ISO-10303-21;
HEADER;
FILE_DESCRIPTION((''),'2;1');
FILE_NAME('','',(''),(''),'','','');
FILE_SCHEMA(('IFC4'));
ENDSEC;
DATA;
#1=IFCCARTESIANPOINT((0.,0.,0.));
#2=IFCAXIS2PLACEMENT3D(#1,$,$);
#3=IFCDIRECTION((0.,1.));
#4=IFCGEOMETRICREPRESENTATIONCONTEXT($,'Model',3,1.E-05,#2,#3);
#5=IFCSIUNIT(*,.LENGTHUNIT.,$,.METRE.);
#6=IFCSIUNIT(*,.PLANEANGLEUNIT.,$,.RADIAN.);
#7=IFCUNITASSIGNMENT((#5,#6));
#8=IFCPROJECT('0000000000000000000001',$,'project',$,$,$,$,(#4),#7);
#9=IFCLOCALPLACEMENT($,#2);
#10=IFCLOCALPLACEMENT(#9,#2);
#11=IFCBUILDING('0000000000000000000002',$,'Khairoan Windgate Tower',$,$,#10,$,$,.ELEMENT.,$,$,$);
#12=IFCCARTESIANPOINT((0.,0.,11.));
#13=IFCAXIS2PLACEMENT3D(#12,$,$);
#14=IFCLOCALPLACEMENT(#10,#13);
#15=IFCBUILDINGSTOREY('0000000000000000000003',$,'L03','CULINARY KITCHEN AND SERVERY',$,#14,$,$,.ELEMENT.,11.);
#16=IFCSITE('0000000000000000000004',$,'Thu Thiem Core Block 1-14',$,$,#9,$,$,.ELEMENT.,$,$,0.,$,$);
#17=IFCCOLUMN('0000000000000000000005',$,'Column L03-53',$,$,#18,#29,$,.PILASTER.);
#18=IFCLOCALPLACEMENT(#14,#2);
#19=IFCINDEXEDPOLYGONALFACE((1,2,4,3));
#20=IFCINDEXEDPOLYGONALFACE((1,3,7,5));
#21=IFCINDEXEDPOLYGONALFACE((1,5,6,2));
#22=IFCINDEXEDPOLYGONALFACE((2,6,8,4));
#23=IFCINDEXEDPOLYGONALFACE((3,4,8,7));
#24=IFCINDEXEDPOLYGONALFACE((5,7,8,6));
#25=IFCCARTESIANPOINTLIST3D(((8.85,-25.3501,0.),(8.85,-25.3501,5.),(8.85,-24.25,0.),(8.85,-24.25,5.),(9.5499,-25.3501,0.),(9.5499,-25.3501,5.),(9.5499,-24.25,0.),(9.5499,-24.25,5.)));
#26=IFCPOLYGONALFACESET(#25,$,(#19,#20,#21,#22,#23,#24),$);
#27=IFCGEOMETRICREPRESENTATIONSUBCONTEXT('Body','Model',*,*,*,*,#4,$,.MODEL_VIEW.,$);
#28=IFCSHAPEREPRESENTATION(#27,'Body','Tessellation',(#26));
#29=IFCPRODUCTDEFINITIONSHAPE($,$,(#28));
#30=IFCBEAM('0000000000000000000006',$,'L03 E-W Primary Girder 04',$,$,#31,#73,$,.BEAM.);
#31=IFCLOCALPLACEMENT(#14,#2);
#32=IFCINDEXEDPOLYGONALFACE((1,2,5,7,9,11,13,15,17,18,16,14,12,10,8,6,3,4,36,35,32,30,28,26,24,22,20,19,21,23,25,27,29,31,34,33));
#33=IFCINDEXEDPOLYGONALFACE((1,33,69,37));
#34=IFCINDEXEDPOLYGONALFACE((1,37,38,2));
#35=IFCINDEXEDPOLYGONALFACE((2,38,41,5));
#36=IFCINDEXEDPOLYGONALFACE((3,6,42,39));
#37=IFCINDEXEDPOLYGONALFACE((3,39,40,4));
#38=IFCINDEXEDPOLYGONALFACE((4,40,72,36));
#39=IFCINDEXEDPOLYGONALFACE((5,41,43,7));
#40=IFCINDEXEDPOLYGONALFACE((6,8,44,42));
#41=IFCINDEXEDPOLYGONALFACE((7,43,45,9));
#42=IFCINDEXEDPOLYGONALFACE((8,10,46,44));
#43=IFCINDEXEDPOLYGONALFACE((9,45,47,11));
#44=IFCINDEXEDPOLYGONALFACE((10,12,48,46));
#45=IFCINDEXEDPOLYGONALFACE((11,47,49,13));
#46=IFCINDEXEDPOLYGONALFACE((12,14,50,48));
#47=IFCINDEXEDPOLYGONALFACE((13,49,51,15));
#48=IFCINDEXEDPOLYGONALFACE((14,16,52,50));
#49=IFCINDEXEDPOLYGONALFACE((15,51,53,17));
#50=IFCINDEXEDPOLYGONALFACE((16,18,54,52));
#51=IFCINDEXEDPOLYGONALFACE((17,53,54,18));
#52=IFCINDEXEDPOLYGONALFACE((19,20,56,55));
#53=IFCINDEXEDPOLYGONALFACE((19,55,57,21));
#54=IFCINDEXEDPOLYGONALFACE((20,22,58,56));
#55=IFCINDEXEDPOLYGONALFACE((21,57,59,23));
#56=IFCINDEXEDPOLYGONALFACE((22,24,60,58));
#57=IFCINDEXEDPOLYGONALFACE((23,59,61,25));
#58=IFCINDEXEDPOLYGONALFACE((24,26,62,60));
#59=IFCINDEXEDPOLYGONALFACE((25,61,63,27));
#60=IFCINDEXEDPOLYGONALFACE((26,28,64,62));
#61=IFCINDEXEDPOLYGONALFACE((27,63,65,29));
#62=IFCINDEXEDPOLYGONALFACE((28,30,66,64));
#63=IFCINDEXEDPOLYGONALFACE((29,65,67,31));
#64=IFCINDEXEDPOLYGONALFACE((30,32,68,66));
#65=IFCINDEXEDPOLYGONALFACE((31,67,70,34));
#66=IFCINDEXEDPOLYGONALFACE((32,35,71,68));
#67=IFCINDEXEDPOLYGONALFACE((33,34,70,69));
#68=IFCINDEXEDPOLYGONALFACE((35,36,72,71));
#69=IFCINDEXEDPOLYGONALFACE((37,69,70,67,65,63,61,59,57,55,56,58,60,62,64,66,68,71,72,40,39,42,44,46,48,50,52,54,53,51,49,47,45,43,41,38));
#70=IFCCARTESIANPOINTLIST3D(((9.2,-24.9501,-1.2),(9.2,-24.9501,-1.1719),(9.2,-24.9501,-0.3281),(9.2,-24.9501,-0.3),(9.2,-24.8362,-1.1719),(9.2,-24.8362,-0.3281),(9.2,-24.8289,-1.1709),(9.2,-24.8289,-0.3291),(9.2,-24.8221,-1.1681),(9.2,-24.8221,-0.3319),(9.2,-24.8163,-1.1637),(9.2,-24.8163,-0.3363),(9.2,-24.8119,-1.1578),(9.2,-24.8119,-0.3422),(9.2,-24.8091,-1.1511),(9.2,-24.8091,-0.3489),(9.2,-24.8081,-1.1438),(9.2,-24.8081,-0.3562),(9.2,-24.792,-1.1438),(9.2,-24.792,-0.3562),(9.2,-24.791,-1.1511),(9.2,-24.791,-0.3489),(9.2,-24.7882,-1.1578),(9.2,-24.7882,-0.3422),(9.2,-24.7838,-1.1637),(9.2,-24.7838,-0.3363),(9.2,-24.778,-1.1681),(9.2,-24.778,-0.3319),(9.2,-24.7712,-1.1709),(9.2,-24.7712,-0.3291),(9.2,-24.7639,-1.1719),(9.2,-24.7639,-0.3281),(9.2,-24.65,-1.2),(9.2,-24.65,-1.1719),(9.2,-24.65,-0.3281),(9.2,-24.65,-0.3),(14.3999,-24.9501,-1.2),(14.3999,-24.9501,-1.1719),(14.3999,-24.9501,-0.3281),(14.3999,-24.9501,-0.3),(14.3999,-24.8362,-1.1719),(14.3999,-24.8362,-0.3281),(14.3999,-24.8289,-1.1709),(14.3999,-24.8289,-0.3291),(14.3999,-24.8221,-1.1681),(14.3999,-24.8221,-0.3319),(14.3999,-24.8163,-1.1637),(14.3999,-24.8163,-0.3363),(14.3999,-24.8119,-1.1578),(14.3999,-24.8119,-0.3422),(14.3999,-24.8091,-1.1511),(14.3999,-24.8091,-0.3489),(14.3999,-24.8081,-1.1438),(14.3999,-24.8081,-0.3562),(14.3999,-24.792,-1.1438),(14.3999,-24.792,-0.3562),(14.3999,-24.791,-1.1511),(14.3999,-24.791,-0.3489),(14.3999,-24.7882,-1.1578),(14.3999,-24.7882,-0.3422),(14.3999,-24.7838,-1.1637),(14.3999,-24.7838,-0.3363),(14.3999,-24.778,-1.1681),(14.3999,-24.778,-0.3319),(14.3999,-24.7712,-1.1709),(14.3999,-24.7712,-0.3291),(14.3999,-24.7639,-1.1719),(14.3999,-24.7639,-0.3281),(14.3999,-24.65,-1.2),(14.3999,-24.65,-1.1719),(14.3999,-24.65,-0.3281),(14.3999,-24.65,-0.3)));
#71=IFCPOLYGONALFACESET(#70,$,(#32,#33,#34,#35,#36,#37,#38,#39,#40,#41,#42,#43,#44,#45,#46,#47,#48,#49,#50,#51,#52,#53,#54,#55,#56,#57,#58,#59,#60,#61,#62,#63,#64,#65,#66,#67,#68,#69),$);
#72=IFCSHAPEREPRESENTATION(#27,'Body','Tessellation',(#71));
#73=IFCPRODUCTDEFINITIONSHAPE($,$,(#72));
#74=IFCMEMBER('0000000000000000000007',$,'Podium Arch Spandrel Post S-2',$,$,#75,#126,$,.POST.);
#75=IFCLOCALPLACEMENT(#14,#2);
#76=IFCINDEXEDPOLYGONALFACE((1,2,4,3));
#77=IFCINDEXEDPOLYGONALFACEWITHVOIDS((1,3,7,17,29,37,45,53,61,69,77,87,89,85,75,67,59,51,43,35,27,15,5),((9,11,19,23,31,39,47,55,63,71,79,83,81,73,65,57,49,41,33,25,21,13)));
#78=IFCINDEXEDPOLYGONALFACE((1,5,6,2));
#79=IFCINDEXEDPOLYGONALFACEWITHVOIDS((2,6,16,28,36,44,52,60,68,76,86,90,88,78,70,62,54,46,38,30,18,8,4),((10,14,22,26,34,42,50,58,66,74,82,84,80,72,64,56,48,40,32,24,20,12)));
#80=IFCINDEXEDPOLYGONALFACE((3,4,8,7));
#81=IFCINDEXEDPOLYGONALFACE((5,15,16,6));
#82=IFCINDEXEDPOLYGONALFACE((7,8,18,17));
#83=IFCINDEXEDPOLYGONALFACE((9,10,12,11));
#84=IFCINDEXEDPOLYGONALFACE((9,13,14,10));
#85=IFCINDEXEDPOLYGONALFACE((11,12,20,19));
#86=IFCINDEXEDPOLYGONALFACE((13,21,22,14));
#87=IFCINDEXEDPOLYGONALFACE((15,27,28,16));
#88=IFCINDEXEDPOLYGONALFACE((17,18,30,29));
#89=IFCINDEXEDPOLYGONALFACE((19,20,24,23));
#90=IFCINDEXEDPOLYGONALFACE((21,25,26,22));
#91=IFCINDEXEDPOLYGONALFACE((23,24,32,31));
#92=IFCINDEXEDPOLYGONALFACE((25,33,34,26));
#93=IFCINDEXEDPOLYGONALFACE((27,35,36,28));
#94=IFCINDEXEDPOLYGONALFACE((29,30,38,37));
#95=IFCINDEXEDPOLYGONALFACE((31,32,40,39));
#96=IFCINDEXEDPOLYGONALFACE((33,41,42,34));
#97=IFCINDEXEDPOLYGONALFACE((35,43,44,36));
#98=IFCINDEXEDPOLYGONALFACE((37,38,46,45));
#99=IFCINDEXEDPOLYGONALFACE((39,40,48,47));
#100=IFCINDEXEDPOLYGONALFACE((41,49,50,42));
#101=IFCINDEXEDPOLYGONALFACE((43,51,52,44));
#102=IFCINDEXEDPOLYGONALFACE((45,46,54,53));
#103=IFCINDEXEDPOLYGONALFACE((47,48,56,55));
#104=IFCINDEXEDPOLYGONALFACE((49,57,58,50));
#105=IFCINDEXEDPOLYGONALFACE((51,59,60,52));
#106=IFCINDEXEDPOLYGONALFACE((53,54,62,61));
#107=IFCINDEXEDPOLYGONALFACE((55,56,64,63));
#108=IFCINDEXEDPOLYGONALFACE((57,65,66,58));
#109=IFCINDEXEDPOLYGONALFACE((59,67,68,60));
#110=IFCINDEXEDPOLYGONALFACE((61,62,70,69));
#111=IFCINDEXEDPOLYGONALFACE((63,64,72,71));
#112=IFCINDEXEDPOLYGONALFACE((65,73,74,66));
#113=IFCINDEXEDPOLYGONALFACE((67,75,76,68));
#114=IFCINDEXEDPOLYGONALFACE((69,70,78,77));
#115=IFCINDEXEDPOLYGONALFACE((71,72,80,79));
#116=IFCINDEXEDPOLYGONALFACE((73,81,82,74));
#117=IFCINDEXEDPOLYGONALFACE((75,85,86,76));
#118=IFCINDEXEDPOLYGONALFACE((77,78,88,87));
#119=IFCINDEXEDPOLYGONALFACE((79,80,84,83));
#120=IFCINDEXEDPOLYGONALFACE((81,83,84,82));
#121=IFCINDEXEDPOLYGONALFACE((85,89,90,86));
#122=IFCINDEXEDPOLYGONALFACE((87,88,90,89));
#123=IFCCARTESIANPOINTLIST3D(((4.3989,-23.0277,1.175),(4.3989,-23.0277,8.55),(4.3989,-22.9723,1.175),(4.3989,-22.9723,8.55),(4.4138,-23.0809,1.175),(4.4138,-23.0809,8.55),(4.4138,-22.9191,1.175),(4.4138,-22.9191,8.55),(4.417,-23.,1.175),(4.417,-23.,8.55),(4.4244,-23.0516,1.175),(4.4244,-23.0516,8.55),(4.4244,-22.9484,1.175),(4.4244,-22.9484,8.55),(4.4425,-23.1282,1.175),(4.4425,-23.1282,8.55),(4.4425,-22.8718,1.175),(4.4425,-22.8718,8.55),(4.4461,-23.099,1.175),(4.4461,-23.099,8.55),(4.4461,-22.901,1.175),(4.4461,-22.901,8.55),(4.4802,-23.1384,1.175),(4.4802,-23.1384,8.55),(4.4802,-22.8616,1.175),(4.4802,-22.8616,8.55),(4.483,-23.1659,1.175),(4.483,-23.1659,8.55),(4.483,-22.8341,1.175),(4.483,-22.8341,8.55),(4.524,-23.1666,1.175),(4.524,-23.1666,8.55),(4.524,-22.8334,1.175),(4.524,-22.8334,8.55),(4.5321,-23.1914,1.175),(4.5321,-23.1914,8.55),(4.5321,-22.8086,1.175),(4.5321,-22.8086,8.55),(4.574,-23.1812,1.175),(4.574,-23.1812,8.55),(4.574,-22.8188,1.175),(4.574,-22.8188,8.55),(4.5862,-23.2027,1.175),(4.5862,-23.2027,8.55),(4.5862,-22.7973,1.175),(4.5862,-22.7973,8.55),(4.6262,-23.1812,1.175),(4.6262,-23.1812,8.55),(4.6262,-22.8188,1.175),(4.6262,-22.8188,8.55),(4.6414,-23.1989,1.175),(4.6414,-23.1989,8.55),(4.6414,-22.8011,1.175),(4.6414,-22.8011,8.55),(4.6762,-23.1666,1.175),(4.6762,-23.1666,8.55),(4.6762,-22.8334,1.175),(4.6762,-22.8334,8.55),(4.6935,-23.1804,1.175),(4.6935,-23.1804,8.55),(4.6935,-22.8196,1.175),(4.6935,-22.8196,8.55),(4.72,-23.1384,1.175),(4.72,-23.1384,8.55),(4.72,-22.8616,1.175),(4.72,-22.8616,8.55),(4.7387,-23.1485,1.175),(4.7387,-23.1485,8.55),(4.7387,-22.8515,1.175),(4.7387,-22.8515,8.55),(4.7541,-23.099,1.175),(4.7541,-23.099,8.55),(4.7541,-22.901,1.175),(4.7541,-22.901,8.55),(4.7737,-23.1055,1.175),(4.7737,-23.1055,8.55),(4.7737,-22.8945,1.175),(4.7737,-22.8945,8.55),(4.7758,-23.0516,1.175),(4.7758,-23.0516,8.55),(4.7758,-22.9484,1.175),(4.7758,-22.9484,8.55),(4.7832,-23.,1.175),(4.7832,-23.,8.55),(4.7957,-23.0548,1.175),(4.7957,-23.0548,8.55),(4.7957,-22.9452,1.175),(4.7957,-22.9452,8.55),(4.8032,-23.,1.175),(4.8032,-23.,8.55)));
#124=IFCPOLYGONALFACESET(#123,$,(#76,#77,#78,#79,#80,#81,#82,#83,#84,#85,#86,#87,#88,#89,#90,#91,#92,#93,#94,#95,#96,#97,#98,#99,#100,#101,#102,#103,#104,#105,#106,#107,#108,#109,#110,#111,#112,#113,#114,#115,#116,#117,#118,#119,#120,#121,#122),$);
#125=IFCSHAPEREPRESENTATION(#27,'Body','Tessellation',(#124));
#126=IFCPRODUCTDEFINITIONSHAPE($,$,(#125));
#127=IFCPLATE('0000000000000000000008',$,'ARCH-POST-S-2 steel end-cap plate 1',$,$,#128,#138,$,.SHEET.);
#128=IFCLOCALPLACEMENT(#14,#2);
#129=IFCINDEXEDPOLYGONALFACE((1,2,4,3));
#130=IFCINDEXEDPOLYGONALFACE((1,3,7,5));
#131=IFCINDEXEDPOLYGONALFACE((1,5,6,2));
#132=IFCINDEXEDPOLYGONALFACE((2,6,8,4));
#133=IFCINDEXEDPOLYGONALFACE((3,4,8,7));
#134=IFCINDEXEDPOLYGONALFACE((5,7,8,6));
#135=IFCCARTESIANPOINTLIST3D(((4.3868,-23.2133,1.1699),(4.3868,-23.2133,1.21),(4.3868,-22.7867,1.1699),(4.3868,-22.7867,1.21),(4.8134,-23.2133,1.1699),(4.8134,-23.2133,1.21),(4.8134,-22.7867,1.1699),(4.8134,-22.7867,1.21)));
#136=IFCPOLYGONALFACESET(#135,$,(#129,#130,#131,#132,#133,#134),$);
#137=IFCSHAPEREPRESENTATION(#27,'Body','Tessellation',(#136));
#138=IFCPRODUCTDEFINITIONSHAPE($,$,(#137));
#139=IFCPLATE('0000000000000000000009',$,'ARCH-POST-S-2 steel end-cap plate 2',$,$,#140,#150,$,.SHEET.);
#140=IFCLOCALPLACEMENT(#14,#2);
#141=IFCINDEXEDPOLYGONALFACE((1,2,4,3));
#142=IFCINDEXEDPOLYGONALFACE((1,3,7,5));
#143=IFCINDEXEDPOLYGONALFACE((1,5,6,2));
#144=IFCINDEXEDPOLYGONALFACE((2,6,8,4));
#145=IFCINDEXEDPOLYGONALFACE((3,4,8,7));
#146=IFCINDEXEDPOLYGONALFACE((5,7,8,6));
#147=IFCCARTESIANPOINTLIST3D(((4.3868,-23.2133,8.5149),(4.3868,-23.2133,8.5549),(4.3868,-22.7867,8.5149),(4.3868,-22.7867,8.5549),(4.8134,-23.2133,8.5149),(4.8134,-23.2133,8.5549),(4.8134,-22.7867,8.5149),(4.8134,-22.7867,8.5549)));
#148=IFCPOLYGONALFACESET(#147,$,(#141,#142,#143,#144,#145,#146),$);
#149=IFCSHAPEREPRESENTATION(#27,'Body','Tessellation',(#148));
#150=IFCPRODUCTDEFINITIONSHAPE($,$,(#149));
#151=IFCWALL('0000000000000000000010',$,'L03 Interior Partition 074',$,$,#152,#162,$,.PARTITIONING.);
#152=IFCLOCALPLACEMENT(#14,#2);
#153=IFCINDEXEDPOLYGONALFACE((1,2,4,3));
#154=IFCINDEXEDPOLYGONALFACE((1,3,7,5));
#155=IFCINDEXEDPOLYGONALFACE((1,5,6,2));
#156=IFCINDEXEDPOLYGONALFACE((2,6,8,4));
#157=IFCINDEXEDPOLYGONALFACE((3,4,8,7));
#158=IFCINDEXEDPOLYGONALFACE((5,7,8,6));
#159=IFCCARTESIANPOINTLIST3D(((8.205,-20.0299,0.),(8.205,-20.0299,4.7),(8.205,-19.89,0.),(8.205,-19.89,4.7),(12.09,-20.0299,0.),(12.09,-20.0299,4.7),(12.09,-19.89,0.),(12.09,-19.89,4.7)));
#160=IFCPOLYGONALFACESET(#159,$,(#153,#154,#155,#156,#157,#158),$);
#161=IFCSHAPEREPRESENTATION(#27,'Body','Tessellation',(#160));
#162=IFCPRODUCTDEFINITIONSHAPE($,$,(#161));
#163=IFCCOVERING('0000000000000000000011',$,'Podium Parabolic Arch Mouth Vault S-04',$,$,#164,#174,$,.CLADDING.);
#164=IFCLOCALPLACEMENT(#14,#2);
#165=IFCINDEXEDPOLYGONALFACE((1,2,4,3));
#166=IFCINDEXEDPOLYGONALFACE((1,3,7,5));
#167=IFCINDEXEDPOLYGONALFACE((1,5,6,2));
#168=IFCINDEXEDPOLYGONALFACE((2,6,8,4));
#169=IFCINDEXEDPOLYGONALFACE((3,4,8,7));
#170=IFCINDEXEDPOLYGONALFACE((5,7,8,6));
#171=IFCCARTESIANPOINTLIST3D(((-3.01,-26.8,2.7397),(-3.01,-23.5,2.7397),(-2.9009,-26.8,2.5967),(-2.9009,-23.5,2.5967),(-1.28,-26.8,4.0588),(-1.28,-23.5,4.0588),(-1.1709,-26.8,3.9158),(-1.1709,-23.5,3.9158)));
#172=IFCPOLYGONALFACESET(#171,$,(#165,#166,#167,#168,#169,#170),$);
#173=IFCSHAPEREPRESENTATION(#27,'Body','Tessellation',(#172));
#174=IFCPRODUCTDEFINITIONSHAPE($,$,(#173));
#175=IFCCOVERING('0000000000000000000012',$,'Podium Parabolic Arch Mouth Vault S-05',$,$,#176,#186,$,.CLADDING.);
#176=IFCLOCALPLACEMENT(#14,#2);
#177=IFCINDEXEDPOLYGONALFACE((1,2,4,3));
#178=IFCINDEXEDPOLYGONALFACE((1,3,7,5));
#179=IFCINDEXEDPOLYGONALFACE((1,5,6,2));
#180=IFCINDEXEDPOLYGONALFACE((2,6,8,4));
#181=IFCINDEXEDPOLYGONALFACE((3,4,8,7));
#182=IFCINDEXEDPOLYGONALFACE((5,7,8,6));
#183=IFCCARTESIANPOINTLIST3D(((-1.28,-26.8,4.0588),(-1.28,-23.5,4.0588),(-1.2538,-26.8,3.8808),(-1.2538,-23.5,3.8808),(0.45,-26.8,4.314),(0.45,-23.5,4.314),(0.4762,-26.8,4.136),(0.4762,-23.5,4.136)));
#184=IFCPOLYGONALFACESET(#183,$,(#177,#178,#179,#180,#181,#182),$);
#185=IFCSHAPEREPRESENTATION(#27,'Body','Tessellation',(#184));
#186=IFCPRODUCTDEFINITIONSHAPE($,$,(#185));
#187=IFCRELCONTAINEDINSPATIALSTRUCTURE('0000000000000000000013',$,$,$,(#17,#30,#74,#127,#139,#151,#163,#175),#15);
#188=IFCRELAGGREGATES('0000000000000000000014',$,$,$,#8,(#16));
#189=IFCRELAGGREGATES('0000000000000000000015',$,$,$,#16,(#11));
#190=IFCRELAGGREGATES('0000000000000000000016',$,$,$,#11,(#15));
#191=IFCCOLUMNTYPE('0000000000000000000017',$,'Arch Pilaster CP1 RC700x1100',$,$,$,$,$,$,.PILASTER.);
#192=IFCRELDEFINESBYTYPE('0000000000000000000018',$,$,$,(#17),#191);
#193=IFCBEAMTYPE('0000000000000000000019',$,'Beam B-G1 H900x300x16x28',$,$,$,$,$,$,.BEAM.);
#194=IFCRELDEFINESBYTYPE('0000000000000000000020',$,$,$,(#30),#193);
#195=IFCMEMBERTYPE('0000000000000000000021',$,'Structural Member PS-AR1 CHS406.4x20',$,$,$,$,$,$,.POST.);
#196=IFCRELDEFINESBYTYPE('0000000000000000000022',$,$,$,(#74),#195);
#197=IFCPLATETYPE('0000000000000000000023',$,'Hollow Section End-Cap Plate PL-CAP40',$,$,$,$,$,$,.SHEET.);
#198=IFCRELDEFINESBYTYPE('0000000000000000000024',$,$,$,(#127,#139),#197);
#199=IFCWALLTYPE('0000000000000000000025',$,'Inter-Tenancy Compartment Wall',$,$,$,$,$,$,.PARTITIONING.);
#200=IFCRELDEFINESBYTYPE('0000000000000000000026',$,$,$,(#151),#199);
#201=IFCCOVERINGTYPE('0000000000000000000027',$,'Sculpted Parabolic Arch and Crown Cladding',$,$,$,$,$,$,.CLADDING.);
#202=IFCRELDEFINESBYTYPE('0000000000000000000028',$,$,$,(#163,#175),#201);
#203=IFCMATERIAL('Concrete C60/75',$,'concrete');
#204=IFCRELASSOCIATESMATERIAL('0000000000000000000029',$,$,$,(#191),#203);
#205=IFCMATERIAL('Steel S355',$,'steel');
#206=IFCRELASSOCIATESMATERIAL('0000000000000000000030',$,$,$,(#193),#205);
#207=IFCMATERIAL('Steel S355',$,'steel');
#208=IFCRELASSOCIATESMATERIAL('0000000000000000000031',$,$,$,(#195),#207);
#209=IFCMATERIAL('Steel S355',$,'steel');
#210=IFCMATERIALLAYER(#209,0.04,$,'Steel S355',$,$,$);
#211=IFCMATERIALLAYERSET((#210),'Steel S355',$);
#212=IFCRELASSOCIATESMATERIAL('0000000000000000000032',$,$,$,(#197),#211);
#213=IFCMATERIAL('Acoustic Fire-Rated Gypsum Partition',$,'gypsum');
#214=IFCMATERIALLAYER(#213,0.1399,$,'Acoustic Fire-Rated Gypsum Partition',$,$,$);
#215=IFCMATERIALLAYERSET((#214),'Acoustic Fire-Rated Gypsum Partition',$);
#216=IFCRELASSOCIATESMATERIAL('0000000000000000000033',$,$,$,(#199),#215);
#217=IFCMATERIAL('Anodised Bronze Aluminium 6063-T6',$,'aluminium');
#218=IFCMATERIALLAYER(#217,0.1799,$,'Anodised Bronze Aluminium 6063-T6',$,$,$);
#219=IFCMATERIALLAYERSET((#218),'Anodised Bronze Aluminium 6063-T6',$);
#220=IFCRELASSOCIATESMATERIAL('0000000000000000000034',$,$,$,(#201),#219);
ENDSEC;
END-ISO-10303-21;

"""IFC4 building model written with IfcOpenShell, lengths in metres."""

from ifc_helpers import new_model, si_unit, direction, frame, frame_2d, origin, origin_2d, place, context, subcontext, project, spatial, polyline, rectangle, hollow_circle, i_section, outline, extrude, material, layer, layer_set, material_profile, profile_set, type_object, element, save


model = new_model("IFC4")

# Units and contexts
model_context = context("Model", 3, precision=1e-05, world=origin(), true_north=direction((0.0, 1.0)))
body_context = subcontext(model_context, "Body", "Model", "MODEL_VIEW")
ifc_project = project(units=[si_unit("LENGTHUNIT", "METRE"), si_unit("PLANEANGLEUNIT", "RADIAN")], contexts=[model_context])

# Site, building, storey
site_placement = place(None, origin())
site = spatial("IfcSite", under=ifc_project, at=site_placement, Name="Thu Thiem Core Block 1-14", CompositionType="ELEMENT", RefElevation=0.0)
building_placement = place(site_placement, origin())
building = spatial("IfcBuilding", under=site, at=building_placement, Name="Khairoan Windgate Tower", CompositionType="ELEMENT")
storey_placement = place(building_placement, frame((0.0, 0.0, 11.0)))
storey = spatial("IfcBuildingStorey", under=building, at=storey_placement, Name="L03", Description="CULINARY KITCHEN AND SERVERY", CompositionType="ELEMENT", Elevation=11.0)

# Column
ifc_material_1 = material(Name="Concrete C60/75", Category="concrete")
ifc_material_profile_1 = material_profile(ifc_material_1, rectangle(XDim=0.7, YDim=1.1001, at=origin_2d()))
ifc_profile_set_1 = profile_set([ifc_material_profile_1], Name="Concrete C60/75")
column_type = type_object("IfcColumnType", Name="Arch Pilaster CP1 RC700x1100", PredefinedType="PILASTER", material=ifc_profile_set_1)
column_placement = place(storey_placement, frame((9.2, -24.8, 0.0), z_axis=(0.0, 0.0, 1.0), x_axis=(1.0, 0.0, 0.0)))
element("IfcColumn", 1, at=column_placement, inside=storey, type_object=column_type, Name="Column L03-53", PredefinedType="PILASTER", context=body_context, shape_type="SweptSolid", body=[
    extrude(rectangle(XDim=0.7, YDim=1.1001, at=origin_2d()), origin(), (0.0, 0.0, 1.0), 5.0),
])

# Beam
ifc_material_2 = material(Name="Steel S355", Category="steel")
ifc_material_profile_2 = material_profile(ifc_material_2, i_section(OverallWidth=0.3, OverallDepth=0.8999, WebThickness=0.0161, FlangeThickness=0.0281, FilletRadius=0.0281, at=origin_2d()))
ifc_profile_set_2 = profile_set([ifc_material_profile_2], Name="Steel S355")
beam_type = type_object("IfcBeamType", Name="Beam B-G1 H900x300x16x28", PredefinedType="BEAM", material=ifc_profile_set_2)
beam_placement = place(storey_placement, frame((9.2, -24.8, -0.75), z_axis=(1.0, 0.0, 0.0), x_axis=(0.0, 1.0, 0.0)))
element("IfcBeam", 2, at=beam_placement, inside=storey, type_object=beam_type, Name="L03 E-W Primary Girder 04", PredefinedType="BEAM", context=body_context, shape_type="SweptSolid", body=[
    extrude(i_section(OverallWidth=0.3, OverallDepth=0.8999, WebThickness=0.0161, FlangeThickness=0.0281, FilletRadius=0.0281, at=origin_2d()), origin(), (0.0, 0.0, 1.0), 5.2),
])

# Member
ifc_material_3 = material(Name="Steel S355", Category="steel")
ifc_material_profile_3 = material_profile(ifc_material_3, hollow_circle(Radius=0.2031, WallThickness=0.02, at=origin_2d()))
ifc_profile_set_3 = profile_set([ifc_material_profile_3], Name="Steel S355")
member_type = type_object("IfcMemberType", Name="Structural Member PS-AR1 CHS406.4x20", PredefinedType="POST", material=ifc_profile_set_3)
member_placement = place(storey_placement, frame((4.6001, -23.0, 1.175), z_axis=(0.0, 0.0, 1.0), x_axis=(1.0, 0.0, 0.0)))
element("IfcMember", 3, at=member_placement, inside=storey, type_object=member_type, Name="Podium Arch Spandrel Post S-2", PredefinedType="POST", context=body_context, shape_type="SweptSolid", body=[
    extrude(hollow_circle(Radius=0.2031, WallThickness=0.02, at=origin_2d()), origin(), (0.0, 0.0, 1.0), 7.375),
])

# Plates
ifc_material_4 = material(Name="Steel S355", Category="steel")
ifc_layer_1 = layer(ifc_material_4, 0.04, Name="Steel S355")
ifc_layer_set_1 = layer_set([ifc_layer_1], Name="Steel S355")
plate_type = type_object("IfcPlateType", Name="Hollow Section End-Cap Plate PL-CAP40", PredefinedType="SHEET", material=ifc_layer_set_1)
for number, where, z_axis, x_axis, name in (
    (4, (4.6001, -23.0, 1.1699), (0.0, 0.0, 1.0), (1.0, 0.0, 0.0), "ARCH-POST-S-2 steel end-cap plate 1"),
    (5, (4.6001, -23.0, 8.5149), (0.0, 0.0, 1.0), (1.0, 0.0, 0.0), "ARCH-POST-S-2 steel end-cap plate 2"),
):
    element("IfcPlate", number, at=place(storey_placement, frame(where, z_axis=z_axis, x_axis=x_axis)), inside=storey, type_object=plate_type, Name=name, PredefinedType="SHEET", context=body_context, shape_type="SweptSolid", body=[
        extrude(rectangle(XDim=0.4265, YDim=0.4265, at=origin_2d()), origin(), (0.0, 0.0, 1.0), 0.04),
    ])

# Wall
ifc_material_5 = material(Name="Acoustic Fire-Rated Gypsum Partition", Category="gypsum")
ifc_layer_2 = layer(ifc_material_5, 0.1399, Name="Acoustic Fire-Rated Gypsum Partition")
ifc_layer_set_2 = layer_set([ifc_layer_2], Name="Acoustic Fire-Rated Gypsum Partition")
wall_type = type_object("IfcWallType", Name="Inter-Tenancy Compartment Wall", PredefinedType="PARTITIONING", material=ifc_layer_set_2)
wall_placement = place(storey_placement, frame((8.2051, -19.96, 0.0), z_axis=(0.0, 0.0, 1.0), x_axis=(1.0, 0.0, 0.0)))
element("IfcWall", 6, at=wall_placement, inside=storey, type_object=wall_type, Name="L03 Interior Partition 074", PredefinedType="PARTITIONING", context=body_context, shape_type="SweptSolid", body=[
    extrude(rectangle(XDim=3.885, YDim=0.1399, at=frame_2d((1.9424, 0.0))), origin(), (0.0, 0.0, 1.0), 4.7),
])

# Coverings
ifc_material_6 = material(Name="Anodised Bronze Aluminium 6063-T6", Category="aluminium")
ifc_layer_3 = layer(ifc_material_6, 0.1799, Name="Anodised Bronze Aluminium 6063-T6")
ifc_layer_set_3 = layer_set([ifc_layer_3], Name="Anodised Bronze Aluminium 6063-T6")
covering_type = type_object("IfcCoveringType", Name="Sculpted Parabolic Arch and Crown Cladding", PredefinedType="CLADDING", material=ifc_layer_set_3)
covering_1_placement = place(storey_placement, frame((-3.01, -26.8, 2.7397), z_axis=(-0.606337, 0.0, 0.795208), x_axis=(0.795208, 0.0, 0.606337)))
element("IfcCovering", 7, at=covering_1_placement, inside=storey, type_object=covering_type, Name="Podium Parabolic Arch Mouth Vault S-04", PredefinedType="CLADDING", context=body_context, shape_type="SweptSolid", body=[
    extrude(outline(polyline([(0.0, 0.0), (2.1755, 0.0), (2.1755, 3.3), (0.0, 3.3), (0.0, 0.0)])), origin(), (0.0, 0.0, -1.0), 0.1799),
])
covering_2_placement = place(storey_placement, frame((-1.28, -26.8, 4.0588), z_axis=(-0.145896, 0.0, 0.9893), x_axis=(0.9893, 0.0, 0.145896)))
element("IfcCovering", 8, at=covering_2_placement, inside=storey, type_object=covering_type, Name="Podium Parabolic Arch Mouth Vault S-05", PredefinedType="CLADDING", context=body_context, shape_type="SweptSolid", body=[
    extrude(outline(polyline([(0.0, 0.0), (1.7487, 0.0), (1.7487, 3.3), (0.0, 3.3), (0.0, 0.0)])), origin(), (0.0, 0.0, -1.0), 0.1799),
])

save(model, "model.ifc")
